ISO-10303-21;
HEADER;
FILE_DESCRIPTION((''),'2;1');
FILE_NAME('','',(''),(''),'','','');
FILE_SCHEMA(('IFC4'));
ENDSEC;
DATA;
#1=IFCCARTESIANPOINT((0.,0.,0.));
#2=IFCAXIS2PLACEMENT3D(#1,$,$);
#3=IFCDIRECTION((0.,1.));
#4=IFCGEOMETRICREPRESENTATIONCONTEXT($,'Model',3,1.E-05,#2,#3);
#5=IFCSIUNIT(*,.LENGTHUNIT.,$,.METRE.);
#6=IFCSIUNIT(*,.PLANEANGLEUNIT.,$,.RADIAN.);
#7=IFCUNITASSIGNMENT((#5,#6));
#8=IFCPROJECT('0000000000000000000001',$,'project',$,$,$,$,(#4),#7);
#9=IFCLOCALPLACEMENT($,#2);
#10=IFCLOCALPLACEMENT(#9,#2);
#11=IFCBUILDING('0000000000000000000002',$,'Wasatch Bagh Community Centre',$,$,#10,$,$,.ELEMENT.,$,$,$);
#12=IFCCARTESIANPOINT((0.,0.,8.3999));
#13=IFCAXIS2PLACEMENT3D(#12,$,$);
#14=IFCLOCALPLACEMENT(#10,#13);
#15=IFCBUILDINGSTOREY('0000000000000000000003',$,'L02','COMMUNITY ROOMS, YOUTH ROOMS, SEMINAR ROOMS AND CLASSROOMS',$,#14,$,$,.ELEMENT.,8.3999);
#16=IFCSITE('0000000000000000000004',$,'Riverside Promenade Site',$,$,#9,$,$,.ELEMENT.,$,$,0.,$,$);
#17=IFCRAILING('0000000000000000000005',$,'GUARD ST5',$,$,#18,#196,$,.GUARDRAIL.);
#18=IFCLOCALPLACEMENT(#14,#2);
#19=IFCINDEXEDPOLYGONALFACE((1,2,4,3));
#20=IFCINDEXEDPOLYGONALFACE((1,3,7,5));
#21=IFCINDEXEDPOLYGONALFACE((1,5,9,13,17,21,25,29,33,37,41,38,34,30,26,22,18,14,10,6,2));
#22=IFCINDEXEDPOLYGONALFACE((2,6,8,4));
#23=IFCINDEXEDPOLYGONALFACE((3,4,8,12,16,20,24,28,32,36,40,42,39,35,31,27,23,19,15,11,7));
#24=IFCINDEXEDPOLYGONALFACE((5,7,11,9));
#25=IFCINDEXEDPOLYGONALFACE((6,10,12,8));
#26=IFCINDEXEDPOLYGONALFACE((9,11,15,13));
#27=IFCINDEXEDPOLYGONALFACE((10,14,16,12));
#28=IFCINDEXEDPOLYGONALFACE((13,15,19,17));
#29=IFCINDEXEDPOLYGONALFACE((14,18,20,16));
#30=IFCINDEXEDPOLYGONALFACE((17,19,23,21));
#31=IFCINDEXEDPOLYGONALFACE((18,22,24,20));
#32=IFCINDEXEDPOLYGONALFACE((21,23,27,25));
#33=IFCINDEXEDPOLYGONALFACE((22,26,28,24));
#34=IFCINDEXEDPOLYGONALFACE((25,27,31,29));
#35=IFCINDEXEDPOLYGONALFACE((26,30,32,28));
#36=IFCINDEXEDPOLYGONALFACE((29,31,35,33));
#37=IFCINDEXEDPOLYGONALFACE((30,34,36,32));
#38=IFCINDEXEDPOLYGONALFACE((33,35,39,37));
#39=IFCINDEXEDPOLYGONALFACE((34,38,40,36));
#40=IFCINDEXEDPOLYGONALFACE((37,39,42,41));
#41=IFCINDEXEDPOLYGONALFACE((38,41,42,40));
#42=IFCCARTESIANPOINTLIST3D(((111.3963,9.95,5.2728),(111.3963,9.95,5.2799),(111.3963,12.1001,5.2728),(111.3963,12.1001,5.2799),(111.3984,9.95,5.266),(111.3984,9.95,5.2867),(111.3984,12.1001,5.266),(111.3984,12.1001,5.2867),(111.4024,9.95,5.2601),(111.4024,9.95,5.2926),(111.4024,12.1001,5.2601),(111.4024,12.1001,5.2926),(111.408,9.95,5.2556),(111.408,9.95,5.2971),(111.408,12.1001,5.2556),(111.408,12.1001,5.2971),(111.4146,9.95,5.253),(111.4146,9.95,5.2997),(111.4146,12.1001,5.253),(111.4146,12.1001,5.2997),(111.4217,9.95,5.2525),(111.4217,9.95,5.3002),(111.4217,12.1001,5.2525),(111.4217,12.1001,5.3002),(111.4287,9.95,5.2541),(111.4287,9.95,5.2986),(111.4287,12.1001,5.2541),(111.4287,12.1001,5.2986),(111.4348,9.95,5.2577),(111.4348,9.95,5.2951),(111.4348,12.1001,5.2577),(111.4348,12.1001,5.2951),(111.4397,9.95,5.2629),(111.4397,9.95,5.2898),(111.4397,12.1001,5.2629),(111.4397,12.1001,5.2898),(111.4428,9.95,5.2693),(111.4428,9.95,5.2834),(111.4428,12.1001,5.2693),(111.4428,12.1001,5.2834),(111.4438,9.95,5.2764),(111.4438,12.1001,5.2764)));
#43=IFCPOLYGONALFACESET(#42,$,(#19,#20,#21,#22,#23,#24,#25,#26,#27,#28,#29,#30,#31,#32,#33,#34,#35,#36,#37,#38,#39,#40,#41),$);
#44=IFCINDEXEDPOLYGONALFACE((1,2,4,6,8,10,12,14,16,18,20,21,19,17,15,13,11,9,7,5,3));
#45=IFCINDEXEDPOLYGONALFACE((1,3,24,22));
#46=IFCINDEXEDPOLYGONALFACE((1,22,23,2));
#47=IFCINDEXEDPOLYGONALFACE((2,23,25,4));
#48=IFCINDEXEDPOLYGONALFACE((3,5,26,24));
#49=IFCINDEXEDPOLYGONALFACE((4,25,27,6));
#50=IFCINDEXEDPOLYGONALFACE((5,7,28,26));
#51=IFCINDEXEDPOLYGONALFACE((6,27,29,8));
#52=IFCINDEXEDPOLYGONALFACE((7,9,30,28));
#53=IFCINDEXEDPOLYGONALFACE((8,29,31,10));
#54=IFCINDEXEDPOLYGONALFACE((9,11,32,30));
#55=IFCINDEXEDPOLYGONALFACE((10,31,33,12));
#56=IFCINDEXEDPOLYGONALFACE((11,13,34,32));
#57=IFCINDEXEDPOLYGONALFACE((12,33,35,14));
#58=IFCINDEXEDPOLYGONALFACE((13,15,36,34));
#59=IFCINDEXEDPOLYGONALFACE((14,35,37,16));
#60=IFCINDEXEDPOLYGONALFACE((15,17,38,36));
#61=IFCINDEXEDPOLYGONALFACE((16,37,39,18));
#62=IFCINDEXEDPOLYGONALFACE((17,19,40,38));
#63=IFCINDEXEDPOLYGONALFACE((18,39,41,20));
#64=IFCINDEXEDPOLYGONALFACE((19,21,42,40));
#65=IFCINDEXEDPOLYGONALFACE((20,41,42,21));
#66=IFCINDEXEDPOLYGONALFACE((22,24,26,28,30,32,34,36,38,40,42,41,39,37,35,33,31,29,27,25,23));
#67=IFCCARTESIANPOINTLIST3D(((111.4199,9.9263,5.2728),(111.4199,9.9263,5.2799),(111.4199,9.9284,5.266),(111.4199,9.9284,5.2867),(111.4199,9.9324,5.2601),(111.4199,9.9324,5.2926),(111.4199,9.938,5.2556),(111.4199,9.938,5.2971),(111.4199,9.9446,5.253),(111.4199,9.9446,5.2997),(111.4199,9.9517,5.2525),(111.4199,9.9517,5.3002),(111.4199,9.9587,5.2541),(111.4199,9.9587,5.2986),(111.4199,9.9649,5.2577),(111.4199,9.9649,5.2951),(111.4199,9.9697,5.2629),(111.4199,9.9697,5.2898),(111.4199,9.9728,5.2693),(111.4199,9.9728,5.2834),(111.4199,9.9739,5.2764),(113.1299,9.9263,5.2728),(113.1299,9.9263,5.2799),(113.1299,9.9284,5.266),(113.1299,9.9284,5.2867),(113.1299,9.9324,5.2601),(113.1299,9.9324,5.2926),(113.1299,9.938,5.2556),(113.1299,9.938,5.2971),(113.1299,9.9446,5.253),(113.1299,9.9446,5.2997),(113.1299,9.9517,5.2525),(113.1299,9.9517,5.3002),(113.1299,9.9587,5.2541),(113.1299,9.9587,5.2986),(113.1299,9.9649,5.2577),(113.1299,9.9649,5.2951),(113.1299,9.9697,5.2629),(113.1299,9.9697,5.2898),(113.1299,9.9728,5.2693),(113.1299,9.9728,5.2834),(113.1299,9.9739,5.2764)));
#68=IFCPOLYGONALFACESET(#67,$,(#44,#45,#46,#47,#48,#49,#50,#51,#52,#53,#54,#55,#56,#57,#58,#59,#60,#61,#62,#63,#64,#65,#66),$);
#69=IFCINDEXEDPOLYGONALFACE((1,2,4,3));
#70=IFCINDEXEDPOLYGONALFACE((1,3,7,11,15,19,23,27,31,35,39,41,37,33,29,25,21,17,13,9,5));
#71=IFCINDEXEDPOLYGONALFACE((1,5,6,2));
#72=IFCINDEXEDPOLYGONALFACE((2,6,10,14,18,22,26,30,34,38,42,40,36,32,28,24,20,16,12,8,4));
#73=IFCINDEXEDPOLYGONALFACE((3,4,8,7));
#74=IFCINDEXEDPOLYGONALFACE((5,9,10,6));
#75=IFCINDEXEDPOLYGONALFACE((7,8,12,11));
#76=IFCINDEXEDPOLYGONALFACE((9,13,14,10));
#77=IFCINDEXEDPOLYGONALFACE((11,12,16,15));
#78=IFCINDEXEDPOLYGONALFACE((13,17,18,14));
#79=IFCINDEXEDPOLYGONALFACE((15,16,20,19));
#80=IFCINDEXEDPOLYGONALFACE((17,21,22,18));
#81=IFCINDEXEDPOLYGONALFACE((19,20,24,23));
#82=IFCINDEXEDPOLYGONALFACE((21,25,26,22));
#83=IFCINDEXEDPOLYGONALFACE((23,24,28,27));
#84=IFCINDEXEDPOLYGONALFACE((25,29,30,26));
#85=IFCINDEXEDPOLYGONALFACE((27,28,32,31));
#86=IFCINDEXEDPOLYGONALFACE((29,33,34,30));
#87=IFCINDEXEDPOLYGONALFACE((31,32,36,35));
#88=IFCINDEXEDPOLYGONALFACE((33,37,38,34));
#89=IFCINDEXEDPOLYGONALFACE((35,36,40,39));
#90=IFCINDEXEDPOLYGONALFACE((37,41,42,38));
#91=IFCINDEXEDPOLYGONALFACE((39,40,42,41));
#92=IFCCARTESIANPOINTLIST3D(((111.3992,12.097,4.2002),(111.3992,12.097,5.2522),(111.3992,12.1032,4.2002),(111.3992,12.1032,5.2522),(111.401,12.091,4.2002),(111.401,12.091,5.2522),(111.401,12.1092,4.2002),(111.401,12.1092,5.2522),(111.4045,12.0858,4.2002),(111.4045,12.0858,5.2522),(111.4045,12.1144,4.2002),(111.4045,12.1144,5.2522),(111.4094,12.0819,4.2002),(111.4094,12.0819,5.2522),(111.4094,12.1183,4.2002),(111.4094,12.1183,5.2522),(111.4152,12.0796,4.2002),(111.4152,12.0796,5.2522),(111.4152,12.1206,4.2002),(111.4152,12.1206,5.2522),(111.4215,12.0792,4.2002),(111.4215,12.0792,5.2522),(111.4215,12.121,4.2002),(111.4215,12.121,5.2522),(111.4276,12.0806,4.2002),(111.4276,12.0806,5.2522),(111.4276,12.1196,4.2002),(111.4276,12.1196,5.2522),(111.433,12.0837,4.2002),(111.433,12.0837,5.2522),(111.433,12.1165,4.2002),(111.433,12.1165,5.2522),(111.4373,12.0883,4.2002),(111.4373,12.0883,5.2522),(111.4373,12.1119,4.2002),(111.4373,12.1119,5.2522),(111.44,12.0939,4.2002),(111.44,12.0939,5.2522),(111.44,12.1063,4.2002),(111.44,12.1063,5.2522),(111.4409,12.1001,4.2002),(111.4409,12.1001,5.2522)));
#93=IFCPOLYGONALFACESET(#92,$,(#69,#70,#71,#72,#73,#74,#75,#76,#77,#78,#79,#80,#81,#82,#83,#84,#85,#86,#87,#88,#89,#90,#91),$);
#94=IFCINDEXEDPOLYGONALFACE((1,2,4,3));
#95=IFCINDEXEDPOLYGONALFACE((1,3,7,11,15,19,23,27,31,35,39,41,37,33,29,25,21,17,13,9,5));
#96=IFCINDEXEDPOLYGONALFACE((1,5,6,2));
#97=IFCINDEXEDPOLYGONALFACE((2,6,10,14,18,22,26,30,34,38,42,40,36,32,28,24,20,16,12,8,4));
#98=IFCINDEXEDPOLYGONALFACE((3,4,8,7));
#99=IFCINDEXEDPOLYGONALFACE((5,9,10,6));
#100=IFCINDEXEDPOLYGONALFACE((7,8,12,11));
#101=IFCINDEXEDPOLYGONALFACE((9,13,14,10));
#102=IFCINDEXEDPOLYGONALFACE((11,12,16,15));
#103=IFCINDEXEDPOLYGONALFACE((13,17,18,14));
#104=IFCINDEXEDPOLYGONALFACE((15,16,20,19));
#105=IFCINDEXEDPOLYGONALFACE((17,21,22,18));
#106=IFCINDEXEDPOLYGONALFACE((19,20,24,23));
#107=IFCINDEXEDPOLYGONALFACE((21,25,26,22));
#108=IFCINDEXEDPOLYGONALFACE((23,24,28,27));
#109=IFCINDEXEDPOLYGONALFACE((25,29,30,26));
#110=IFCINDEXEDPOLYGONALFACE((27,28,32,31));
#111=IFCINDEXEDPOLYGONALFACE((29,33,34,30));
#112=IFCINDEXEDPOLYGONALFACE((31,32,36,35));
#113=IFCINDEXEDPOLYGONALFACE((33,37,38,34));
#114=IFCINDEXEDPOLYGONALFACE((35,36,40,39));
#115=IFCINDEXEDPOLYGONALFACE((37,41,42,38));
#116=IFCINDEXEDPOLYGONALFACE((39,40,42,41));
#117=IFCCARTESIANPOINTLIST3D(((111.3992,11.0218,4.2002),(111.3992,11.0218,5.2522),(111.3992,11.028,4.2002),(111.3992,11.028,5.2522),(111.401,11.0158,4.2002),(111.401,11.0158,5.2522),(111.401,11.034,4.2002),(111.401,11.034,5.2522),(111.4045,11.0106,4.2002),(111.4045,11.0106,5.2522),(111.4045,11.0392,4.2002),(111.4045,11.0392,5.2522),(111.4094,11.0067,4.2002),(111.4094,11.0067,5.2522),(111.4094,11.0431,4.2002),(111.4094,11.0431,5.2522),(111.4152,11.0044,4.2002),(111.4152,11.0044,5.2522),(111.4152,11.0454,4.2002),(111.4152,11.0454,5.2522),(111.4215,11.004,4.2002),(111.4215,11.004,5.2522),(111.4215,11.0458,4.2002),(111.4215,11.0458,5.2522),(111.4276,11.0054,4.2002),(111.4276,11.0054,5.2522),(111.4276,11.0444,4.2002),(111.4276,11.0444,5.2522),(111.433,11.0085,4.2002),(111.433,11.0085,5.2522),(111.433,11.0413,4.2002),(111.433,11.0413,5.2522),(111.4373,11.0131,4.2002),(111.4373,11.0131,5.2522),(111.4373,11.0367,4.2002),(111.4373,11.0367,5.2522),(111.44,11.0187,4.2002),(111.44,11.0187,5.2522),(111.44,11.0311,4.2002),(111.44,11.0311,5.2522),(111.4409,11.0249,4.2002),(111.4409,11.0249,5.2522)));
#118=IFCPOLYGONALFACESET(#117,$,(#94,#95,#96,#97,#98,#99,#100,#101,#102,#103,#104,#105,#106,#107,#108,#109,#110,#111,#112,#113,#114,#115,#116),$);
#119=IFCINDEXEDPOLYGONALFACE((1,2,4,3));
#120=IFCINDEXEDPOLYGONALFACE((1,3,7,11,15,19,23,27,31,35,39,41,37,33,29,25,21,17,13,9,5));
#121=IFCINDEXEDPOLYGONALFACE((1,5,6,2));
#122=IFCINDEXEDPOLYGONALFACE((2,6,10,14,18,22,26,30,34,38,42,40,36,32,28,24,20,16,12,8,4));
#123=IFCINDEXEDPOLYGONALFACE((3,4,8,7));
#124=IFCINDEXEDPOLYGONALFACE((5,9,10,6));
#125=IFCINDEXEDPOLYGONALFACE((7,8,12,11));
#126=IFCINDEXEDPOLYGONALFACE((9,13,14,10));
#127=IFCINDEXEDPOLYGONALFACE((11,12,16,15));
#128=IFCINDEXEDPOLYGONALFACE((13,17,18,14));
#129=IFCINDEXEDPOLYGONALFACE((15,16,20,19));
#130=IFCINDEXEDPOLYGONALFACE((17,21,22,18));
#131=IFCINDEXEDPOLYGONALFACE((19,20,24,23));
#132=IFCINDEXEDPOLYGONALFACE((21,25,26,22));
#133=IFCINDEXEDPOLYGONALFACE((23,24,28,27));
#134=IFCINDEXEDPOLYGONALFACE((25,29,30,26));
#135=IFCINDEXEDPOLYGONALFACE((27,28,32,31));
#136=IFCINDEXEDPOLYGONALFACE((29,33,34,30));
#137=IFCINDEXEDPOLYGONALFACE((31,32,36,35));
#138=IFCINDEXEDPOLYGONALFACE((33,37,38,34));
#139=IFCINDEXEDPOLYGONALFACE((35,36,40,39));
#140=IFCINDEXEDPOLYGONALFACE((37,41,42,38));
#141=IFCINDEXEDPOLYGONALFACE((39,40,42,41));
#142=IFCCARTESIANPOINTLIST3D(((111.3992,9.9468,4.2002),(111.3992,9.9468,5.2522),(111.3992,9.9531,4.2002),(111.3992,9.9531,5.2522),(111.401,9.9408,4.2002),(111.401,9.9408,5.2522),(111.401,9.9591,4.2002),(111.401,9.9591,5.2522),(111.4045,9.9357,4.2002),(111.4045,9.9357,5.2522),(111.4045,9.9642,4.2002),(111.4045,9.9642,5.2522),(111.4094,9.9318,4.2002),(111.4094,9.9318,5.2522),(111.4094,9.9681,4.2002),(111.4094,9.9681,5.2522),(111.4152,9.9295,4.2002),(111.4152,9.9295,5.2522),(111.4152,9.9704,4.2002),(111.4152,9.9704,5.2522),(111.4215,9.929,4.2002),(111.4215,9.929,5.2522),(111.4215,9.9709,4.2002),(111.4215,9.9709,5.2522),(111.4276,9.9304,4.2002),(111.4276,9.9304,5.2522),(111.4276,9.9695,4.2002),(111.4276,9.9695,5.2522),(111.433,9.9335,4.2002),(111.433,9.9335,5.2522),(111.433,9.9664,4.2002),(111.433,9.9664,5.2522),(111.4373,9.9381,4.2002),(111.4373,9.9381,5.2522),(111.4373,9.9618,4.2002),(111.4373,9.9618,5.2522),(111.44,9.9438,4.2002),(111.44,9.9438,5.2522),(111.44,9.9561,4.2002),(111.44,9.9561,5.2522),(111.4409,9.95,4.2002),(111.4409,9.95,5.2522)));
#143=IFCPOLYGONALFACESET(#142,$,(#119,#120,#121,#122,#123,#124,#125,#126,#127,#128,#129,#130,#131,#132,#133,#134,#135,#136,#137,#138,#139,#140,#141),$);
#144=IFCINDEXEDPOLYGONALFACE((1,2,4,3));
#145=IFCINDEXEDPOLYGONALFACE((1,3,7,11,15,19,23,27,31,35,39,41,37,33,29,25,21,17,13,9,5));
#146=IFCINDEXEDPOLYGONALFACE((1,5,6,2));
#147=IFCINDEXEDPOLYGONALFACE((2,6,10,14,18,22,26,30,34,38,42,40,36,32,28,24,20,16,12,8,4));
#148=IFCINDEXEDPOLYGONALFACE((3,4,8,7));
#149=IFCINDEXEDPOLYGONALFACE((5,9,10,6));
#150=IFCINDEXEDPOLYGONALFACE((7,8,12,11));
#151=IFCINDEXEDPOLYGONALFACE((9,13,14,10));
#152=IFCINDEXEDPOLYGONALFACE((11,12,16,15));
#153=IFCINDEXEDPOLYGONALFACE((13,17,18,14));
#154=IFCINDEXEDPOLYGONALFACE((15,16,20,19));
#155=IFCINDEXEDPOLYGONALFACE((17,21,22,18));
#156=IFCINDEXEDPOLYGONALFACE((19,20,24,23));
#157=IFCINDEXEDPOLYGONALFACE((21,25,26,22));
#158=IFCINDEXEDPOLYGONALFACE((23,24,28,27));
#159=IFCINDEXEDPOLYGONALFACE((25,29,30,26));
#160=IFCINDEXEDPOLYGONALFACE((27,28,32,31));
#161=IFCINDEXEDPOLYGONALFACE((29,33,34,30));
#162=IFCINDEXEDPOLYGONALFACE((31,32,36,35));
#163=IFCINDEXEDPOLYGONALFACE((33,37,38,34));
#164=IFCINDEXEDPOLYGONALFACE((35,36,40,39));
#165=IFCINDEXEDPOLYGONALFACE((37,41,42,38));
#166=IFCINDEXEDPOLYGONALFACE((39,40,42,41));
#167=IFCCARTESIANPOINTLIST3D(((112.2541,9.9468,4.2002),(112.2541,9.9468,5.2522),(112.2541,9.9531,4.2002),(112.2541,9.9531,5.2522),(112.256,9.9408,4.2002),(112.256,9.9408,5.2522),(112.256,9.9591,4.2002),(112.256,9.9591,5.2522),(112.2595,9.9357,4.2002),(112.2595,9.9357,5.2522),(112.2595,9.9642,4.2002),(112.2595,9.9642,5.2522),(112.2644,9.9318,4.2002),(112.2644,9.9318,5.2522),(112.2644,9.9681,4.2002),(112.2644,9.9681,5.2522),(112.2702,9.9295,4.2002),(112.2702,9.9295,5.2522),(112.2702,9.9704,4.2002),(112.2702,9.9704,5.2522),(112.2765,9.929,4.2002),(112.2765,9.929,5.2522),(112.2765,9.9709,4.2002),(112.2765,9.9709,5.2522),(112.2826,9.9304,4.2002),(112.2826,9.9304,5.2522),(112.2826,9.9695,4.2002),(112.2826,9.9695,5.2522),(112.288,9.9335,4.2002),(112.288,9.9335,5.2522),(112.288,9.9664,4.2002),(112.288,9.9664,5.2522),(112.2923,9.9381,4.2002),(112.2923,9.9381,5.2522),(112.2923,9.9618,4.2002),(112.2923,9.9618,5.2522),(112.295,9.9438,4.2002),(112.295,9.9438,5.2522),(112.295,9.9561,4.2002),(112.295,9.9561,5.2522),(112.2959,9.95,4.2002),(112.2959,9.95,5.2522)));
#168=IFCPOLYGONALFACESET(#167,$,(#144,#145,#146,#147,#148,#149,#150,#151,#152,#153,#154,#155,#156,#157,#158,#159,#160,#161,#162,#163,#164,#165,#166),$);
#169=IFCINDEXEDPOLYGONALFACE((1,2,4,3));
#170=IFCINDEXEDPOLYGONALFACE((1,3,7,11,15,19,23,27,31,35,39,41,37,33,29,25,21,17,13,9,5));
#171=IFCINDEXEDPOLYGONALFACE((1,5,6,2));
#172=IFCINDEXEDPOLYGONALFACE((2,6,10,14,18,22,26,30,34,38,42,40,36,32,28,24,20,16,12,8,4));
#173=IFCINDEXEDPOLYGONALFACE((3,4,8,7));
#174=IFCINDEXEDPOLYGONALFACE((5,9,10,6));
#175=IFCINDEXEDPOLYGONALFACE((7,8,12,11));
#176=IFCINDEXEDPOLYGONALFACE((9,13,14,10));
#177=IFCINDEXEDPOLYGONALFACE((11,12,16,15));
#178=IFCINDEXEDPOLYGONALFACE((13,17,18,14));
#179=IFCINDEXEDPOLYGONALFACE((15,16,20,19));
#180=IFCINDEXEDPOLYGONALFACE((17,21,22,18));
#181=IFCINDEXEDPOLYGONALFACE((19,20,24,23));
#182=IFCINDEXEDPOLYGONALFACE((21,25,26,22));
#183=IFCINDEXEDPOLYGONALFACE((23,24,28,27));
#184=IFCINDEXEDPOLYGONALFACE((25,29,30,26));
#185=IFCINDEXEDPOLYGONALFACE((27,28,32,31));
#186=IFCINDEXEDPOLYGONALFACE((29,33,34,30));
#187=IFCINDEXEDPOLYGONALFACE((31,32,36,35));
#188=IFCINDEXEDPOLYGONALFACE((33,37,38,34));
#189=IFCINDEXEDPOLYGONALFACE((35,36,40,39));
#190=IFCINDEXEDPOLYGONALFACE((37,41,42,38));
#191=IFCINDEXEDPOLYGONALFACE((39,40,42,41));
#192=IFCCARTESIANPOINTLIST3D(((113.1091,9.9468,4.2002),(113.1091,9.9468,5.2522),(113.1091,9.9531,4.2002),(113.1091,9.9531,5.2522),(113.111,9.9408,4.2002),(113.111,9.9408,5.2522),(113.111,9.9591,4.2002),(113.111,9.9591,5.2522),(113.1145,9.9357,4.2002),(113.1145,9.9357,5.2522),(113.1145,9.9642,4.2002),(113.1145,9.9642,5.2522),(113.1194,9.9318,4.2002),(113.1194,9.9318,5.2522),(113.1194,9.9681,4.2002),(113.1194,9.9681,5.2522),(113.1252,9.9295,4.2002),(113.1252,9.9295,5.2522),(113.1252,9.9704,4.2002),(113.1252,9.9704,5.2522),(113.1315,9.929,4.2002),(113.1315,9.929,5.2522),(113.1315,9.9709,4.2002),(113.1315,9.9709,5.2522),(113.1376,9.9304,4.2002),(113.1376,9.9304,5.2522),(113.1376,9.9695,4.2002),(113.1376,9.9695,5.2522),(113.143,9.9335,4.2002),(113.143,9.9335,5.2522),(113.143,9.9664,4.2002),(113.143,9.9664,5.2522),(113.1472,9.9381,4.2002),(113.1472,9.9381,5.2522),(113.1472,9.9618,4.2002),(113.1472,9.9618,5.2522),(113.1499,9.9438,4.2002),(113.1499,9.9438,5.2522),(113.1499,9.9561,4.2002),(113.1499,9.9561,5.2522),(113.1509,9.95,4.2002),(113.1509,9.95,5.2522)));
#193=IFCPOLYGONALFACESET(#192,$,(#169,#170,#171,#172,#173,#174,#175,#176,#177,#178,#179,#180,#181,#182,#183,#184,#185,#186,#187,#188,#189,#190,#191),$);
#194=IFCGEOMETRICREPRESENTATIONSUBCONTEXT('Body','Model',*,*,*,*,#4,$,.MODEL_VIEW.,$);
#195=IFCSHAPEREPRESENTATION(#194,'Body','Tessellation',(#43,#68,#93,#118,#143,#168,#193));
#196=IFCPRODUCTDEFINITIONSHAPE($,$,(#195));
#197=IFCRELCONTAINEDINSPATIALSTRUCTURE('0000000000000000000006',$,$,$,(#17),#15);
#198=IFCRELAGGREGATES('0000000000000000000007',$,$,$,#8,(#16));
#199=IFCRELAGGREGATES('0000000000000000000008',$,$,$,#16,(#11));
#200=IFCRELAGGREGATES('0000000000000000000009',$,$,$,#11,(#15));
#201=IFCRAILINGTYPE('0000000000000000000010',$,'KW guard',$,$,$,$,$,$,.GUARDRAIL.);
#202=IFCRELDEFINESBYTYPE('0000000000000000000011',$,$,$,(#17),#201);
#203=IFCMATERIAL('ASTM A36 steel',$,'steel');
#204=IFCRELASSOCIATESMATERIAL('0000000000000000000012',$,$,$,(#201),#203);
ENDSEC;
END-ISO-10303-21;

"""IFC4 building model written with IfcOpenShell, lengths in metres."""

from ifc_helpers import new_model, si_unit, direction, frame, origin, origin_2d, place, context, subcontext, project, spatial, circle, extrude, material, type_object, element, save


model = new_model("IFC4")

# Units and contexts
model_context = context("Model", 3, precision=1e-05, world=origin(), true_north=direction((0.0, 1.0)))
body_context = subcontext(model_context, "Body", "Model", "MODEL_VIEW")
ifc_project = project(units=[si_unit("LENGTHUNIT", "METRE"), si_unit("PLANEANGLEUNIT", "RADIAN")], contexts=[model_context])

# Site, building, storey
site_placement = place(None, origin())
site = spatial("IfcSite", under=ifc_project, at=site_placement, Name="Riverside Promenade Site", CompositionType="ELEMENT", RefElevation=0.0)
building_placement = place(site_placement, origin())
building = spatial("IfcBuilding", under=site, at=building_placement, Name="Wasatch Bagh Community Centre", CompositionType="ELEMENT")
storey_placement = place(building_placement, frame((0.0, 0.0, 8.3999)))
storey = spatial("IfcBuildingStorey", under=building, at=storey_placement, Name="L02", Description="COMMUNITY ROOMS, YOUTH ROOMS, SEMINAR ROOMS AND CLASSROOMS", CompositionType="ELEMENT", Elevation=8.3999)

# Railing
ifc_material_1 = material(Name="ASTM A36 steel", Category="steel")
railing_type_1 = type_object("IfcRailingType", Name="KW guard", PredefinedType="GUARDRAIL", material=ifc_material_1)
railing_1_placement = place(storey_placement, frame((111.4199, 12.1001, 4.2002)))
element("IfcRailing", 1, at=railing_1_placement, inside=storey, type_object=railing_type_1, Name="GUARD ST5", PredefinedType="GUARDRAIL", context=body_context, shape_type="SweptSolid", body=[
    extrude(circle(Radius=0.0239, at=origin_2d()), frame((0.0, 0.0, 1.0762), z_axis=(0.0, -1.0, 0.0), x_axis=(1.0, 0.0, 0.0)), (0.0, 0.0, 1.0), 2.1501),
    extrude(circle(Radius=0.0239, at=origin_2d()), frame((0.0, -2.1501, 1.0762), z_axis=(1.0, 0.0, 0.0), x_axis=(0.0, 1.0, 0.0)), (0.0, 0.0, 1.0), 1.71),
    extrude(circle(Radius=0.021, at=origin_2d()), origin(), (0.0, 0.0, 1.0), 1.052),
    extrude(circle(Radius=0.021, at=origin_2d()), frame((0.0, -1.0752, 0.0)), (0.0, 0.0, 1.0), 1.052),
    extrude(circle(Radius=0.021, at=origin_2d()), frame((0.0, -2.1501, 0.0)), (0.0, 0.0, 1.0), 1.052),
    extrude(circle(Radius=0.021, at=origin_2d()), frame((0.855, -2.1501, 0.0)), (0.0, 0.0, 1.0), 1.052),
    extrude(circle(Radius=0.021, at=origin_2d()), frame((1.71, -2.1501, 0.0)), (0.0, 0.0, 1.0), 1.052),
])

save(model, "model.ifc")
